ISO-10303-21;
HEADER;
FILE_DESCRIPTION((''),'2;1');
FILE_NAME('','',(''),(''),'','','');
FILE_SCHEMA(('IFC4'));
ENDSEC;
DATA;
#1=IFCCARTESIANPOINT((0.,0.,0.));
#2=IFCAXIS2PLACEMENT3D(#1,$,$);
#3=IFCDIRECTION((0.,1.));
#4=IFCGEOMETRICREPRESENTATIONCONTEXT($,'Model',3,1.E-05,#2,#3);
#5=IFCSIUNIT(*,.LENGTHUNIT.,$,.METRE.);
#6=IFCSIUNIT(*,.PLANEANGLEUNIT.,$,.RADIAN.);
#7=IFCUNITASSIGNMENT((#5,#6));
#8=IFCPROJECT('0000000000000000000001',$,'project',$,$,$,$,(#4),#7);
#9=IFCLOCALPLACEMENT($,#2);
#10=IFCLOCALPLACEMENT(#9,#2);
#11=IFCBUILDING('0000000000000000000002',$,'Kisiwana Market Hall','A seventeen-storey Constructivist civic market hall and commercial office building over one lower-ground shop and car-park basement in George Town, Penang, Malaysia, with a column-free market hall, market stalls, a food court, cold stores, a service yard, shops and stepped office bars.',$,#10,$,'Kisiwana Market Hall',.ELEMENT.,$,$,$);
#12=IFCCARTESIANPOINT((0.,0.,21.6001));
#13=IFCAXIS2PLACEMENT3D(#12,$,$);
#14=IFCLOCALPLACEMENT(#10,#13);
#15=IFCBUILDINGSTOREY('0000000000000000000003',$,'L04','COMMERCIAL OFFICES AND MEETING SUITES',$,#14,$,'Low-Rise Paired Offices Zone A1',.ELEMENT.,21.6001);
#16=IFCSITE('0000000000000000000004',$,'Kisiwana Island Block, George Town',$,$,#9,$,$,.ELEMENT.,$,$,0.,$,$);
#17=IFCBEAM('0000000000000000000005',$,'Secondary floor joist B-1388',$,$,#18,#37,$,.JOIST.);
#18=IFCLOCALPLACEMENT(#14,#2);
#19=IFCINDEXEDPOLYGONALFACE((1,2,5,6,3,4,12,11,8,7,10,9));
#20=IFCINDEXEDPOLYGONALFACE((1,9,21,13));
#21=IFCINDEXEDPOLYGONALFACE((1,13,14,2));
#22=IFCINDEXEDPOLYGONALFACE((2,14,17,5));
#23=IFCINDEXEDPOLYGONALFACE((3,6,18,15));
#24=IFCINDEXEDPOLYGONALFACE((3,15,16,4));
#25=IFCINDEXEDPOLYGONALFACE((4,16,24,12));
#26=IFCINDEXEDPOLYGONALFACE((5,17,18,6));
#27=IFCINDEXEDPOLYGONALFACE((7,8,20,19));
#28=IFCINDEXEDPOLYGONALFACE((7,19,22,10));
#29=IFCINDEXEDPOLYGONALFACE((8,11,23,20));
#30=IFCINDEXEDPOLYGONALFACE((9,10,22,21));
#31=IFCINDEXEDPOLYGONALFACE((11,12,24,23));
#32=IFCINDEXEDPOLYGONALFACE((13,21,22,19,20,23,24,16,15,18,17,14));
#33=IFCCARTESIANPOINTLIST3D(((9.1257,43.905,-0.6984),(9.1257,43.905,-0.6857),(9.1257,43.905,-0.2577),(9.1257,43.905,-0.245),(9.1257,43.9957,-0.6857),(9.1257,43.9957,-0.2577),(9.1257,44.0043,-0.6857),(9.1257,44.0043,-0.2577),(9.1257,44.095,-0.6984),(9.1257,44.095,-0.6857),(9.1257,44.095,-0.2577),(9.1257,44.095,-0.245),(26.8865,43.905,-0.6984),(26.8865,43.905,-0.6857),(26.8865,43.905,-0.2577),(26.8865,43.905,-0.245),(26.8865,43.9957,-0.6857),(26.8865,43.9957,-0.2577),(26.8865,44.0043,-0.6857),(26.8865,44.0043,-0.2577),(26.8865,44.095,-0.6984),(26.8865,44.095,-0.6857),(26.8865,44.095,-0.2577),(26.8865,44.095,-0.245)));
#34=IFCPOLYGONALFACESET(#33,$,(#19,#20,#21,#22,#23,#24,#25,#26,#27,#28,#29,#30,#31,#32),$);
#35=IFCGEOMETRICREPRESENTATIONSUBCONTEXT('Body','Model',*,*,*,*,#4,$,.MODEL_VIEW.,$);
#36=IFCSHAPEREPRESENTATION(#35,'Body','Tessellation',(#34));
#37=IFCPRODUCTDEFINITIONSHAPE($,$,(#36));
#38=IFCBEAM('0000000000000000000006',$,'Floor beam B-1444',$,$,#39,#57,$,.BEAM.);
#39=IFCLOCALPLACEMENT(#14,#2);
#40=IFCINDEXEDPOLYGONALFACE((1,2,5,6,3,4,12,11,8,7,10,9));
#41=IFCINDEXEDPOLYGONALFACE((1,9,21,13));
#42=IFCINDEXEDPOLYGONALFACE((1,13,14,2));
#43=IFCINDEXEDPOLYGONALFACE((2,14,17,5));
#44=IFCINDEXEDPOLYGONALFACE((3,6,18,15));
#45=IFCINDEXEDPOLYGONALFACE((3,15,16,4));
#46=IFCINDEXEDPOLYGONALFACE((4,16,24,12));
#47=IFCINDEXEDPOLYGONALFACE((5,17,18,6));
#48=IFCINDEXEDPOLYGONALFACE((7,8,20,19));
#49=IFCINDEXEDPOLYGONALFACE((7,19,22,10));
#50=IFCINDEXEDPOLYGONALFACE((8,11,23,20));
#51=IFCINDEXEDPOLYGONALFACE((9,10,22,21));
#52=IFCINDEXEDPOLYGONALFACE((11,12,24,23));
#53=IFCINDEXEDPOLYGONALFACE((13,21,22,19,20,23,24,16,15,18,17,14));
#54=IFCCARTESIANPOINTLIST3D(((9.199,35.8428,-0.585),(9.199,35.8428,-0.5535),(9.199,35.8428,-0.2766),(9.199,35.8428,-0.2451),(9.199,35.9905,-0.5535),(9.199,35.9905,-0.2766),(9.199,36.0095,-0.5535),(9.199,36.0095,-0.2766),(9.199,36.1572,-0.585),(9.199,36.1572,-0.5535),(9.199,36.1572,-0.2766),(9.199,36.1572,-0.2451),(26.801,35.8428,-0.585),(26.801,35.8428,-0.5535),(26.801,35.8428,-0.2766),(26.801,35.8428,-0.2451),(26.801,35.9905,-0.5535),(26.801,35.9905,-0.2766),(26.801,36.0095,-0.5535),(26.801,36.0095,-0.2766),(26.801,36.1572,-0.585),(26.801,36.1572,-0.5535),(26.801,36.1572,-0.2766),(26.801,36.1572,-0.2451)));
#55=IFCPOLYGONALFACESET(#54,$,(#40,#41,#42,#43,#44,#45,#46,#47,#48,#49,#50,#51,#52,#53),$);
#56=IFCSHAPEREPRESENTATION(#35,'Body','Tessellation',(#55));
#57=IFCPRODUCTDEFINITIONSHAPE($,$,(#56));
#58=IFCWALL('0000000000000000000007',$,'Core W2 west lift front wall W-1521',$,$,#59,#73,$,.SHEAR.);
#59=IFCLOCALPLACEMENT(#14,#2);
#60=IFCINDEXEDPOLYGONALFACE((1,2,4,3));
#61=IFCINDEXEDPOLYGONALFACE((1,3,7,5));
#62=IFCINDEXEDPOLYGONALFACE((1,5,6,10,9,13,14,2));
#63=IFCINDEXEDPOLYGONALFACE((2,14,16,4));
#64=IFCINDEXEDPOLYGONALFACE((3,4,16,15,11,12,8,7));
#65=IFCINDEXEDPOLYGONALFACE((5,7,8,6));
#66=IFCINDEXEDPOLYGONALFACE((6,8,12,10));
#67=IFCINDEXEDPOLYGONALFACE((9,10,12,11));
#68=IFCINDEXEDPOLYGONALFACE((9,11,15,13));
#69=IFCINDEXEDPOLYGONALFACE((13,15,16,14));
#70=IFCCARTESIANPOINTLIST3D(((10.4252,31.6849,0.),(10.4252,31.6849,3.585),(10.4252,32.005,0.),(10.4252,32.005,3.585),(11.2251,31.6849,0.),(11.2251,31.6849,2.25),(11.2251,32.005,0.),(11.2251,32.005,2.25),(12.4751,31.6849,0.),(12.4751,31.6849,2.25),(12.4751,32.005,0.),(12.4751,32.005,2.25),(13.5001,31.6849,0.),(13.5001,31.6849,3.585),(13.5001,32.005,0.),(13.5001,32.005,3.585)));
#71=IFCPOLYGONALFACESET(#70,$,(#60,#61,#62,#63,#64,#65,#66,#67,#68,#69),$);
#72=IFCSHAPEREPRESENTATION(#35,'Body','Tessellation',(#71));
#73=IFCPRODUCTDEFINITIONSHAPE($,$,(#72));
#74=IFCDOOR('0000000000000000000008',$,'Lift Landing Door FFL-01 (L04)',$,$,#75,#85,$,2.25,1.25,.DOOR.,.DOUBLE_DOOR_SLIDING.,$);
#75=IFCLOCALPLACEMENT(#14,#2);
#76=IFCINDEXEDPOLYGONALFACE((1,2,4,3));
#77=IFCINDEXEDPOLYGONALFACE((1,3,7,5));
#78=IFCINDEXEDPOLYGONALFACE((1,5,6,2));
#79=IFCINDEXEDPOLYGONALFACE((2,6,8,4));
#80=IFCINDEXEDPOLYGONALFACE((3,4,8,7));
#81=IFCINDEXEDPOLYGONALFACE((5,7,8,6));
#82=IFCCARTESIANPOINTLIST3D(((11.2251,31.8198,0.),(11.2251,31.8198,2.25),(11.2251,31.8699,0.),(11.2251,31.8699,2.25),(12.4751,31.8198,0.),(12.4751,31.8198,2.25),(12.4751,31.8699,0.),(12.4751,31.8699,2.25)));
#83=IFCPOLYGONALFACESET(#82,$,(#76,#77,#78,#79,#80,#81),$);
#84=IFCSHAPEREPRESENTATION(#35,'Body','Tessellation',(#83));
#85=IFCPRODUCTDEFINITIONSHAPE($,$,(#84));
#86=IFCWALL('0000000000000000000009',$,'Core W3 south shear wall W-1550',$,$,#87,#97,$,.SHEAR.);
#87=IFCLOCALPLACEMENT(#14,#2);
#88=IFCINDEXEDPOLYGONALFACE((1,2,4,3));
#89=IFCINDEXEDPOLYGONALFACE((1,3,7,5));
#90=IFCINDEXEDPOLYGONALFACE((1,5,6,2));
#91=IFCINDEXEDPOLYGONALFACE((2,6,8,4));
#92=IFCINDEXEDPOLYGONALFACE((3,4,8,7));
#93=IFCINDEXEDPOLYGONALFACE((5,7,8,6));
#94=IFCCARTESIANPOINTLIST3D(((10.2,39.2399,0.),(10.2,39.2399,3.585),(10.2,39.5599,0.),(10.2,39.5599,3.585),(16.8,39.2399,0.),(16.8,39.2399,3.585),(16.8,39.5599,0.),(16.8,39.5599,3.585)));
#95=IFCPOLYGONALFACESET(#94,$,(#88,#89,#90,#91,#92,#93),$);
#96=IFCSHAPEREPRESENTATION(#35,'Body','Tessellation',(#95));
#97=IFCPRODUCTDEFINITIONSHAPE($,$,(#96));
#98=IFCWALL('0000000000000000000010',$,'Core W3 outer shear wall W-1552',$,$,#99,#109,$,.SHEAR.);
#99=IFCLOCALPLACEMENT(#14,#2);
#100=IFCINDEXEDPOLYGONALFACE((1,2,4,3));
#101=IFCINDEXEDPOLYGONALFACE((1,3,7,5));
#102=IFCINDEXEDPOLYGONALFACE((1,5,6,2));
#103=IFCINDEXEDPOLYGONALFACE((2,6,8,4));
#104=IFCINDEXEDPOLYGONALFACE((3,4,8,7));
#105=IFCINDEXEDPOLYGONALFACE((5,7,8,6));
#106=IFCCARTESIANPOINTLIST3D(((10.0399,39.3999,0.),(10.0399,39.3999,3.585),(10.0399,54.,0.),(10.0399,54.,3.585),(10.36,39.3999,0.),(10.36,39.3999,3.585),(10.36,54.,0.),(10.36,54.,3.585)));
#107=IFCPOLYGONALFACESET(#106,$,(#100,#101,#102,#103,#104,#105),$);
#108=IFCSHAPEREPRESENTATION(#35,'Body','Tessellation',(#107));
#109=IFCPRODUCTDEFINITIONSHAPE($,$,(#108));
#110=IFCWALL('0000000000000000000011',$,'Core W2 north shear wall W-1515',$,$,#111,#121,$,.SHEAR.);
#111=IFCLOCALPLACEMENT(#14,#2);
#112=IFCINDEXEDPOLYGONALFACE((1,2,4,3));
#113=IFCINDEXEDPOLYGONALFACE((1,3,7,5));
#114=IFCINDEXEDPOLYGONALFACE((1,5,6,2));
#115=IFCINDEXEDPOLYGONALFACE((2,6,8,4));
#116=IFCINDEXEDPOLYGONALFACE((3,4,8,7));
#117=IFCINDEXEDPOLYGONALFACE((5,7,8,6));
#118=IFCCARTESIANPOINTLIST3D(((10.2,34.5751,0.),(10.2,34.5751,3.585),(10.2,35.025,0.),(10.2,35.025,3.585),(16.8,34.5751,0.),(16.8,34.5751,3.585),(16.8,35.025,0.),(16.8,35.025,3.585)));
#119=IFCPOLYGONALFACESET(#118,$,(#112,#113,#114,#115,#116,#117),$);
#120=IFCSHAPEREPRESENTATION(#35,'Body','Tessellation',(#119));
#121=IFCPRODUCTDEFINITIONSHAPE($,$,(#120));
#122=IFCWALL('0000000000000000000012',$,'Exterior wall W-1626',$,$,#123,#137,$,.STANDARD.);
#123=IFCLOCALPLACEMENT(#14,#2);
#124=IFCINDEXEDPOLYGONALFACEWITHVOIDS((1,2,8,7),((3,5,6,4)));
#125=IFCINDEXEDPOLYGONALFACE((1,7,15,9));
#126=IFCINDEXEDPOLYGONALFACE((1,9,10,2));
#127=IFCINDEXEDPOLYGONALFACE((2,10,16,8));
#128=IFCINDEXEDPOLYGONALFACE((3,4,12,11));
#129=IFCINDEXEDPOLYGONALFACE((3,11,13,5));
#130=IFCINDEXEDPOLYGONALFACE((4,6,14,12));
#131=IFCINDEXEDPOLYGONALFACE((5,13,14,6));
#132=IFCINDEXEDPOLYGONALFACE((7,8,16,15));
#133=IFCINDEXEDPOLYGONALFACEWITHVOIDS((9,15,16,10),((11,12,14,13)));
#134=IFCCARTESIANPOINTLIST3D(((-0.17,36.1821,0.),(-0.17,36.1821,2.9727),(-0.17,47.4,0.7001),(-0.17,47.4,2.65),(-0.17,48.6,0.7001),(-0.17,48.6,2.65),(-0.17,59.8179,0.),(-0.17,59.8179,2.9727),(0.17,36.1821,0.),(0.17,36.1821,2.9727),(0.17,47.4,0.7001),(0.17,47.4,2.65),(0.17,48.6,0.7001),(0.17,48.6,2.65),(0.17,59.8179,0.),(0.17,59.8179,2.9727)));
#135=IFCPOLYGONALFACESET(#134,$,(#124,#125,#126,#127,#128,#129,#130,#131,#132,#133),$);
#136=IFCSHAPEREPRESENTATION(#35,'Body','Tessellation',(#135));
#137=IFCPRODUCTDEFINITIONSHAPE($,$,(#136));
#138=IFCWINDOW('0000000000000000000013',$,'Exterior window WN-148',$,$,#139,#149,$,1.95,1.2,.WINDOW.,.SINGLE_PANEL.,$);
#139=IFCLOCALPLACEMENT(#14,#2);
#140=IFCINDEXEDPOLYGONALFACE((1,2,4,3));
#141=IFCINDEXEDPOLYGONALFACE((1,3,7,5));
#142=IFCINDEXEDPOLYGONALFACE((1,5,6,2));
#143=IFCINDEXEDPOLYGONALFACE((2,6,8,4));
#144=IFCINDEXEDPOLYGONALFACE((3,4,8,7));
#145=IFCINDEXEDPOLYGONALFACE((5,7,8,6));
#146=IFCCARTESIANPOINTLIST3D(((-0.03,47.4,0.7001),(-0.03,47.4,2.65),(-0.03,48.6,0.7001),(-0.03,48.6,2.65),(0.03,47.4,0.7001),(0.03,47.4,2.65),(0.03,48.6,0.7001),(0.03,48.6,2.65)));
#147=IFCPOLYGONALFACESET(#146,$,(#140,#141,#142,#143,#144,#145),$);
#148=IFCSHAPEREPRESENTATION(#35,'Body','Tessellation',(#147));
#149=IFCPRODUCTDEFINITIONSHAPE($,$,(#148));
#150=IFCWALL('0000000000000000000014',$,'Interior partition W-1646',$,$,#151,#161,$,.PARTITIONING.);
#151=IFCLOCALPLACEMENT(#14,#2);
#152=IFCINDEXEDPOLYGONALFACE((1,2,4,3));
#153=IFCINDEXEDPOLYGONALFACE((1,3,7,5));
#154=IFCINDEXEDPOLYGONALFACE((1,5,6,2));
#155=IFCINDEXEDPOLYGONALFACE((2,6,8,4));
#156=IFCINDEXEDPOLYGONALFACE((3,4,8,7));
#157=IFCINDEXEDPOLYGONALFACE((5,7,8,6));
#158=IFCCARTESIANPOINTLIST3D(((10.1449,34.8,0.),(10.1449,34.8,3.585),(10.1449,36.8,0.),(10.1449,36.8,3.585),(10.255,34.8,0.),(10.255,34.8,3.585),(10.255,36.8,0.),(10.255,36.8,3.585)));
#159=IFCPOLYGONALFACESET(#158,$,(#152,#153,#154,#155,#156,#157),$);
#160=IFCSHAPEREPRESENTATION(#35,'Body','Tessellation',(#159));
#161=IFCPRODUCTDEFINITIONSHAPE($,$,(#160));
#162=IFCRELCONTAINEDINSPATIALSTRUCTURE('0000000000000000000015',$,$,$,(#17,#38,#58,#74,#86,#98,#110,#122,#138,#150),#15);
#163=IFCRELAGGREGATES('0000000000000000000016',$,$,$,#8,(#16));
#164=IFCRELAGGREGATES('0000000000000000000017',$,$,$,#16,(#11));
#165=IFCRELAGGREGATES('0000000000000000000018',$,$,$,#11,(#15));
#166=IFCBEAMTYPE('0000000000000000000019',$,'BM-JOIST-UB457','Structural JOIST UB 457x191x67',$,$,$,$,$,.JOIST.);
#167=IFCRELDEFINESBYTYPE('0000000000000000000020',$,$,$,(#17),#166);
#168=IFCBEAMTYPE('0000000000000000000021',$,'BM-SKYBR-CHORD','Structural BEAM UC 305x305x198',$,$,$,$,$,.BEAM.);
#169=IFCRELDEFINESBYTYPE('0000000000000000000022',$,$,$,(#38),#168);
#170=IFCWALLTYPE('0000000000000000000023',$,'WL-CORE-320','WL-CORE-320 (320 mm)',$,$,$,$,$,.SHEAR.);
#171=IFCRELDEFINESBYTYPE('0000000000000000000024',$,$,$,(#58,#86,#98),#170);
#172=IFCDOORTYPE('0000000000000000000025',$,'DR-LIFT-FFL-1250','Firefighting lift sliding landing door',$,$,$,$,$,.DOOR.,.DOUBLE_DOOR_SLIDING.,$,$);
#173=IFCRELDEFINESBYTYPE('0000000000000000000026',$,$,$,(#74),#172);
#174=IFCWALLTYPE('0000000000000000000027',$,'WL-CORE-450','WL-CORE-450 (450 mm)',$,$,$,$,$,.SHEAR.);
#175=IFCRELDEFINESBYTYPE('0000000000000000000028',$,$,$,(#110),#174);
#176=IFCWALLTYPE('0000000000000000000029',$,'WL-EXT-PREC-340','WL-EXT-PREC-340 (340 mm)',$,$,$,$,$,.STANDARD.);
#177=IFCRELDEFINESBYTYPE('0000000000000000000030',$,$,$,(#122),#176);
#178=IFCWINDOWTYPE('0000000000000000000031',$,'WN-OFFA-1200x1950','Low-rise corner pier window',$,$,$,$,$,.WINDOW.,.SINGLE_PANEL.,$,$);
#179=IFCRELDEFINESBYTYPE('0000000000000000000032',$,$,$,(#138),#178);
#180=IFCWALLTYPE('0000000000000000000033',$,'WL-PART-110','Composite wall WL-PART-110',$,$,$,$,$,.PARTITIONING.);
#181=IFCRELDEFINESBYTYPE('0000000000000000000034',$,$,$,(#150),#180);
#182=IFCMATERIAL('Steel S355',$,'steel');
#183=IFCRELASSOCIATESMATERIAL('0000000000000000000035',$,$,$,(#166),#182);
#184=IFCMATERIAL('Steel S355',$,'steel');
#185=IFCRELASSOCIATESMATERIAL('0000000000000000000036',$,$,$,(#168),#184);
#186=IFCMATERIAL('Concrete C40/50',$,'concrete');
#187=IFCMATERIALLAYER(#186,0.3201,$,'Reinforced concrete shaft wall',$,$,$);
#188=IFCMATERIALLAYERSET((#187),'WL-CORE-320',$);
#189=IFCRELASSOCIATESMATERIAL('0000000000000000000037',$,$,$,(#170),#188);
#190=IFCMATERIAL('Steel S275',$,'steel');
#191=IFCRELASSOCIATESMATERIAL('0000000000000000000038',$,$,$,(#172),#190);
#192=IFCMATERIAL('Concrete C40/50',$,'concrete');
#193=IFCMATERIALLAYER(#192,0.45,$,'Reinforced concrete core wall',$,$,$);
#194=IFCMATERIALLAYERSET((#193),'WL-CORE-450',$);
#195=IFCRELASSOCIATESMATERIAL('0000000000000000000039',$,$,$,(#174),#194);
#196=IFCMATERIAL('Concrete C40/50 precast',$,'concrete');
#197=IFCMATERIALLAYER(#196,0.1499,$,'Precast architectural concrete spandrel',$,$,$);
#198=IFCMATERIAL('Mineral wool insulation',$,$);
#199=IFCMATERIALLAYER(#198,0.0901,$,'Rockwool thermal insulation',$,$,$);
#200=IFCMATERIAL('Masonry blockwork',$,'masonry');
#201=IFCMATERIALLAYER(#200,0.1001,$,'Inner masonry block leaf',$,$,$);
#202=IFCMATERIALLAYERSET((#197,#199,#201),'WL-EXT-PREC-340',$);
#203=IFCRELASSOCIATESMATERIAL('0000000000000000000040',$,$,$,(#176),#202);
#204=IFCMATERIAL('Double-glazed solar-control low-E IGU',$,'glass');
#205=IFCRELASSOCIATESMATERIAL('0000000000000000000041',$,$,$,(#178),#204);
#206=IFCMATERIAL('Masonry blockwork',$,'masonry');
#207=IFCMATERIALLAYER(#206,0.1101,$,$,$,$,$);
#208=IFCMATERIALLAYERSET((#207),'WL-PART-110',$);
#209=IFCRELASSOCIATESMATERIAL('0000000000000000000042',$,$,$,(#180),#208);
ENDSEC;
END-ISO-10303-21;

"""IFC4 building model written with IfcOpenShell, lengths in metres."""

from ifc_helpers import new_model, si_unit, direction, frame, frame_2d, origin, origin_2d, place, context, subcontext, project, spatial, rectangle, i_section, extrude, material, layer, layer_set, material_profile, profile_set, type_object, element, fill, save


model = new_model("IFC4")

# Units and contexts
model_context = context("Model", 3, precision=1e-05, world=origin(), true_north=direction((0.0, 1.0)))
body_context = subcontext(model_context, "Body", "Model", "MODEL_VIEW")
ifc_project = project(units=[si_unit("LENGTHUNIT", "METRE"), si_unit("PLANEANGLEUNIT", "RADIAN")], contexts=[model_context])

# Site, building, storey
site_placement = place(None, origin())
site = spatial("IfcSite", under=ifc_project, at=site_placement, Name="Kisiwana Island Block, George Town", CompositionType="ELEMENT", RefElevation=0.0)
building_placement = place(site_placement, origin())
building = spatial("IfcBuilding", under=site, at=building_placement, Name="Kisiwana Market Hall", Description="A seventeen-storey Constructivist civic market hall and commercial office building over one lower-ground shop and car-park basement in George Town, Penang, Malaysia, with a column-free market hall, market stalls, a food court, cold stores, a service yard, shops and stepped office bars.", LongName="Kisiwana Market Hall", CompositionType="ELEMENT")
storey_placement = place(building_placement, frame((0.0, 0.0, 21.6001)))
storey = spatial("IfcBuildingStorey", under=building, at=storey_placement, Name="L04", Description="COMMERCIAL OFFICES AND MEETING SUITES", LongName="Low-Rise Paired Offices Zone A1", CompositionType="ELEMENT", Elevation=21.6001)

# Beams
ifc_material_1 = material(Name="Steel S355", Category="steel")
ifc_material_profile_1 = material_profile(ifc_material_1, i_section(OverallWidth=0.1899, OverallDepth=0.4534, WebThickness=0.0085, FlangeThickness=0.0127, at=origin_2d()), Name="UB 457x191x67")
ifc_profile_set_1 = profile_set([ifc_material_profile_1], Name="Steel S355")
beam_type_1 = type_object("IfcBeamType", Name="BM-JOIST-UB457", Description="Structural JOIST UB 457x191x67", PredefinedType="JOIST", material=ifc_profile_set_1)
beam_1_placement = place(storey_placement, frame((9.1257, 44.0, -0.4717), z_axis=(1.0, 0.0, 0.0), x_axis=(0.0, 1.0, 0.0)))
element("IfcBeam", 1, at=beam_1_placement, inside=storey, type_object=beam_type_1, Name="Secondary floor joist B-1388", PredefinedType="JOIST", context=body_context, shape_type="SweptSolid", body=[
    extrude(i_section(OverallWidth=0.1899, OverallDepth=0.4534, WebThickness=0.0085, FlangeThickness=0.0127, at=origin_2d()), origin(), (0.0, 0.0, 1.0), 17.7607),
])
ifc_material_2 = material(Name="Steel S355", Category="steel")
ifc_material_profile_2 = material_profile(ifc_material_2, i_section(OverallWidth=0.3145, OverallDepth=0.3398, WebThickness=0.019, FlangeThickness=0.0315, at=origin_2d()), Name="UC 305x305x198")
ifc_profile_set_2 = profile_set([ifc_material_profile_2], Name="Steel S355")
beam_type_2 = type_object("IfcBeamType", Name="BM-SKYBR-CHORD", Description="Structural BEAM UC 305x305x198", PredefinedType="BEAM", material=ifc_profile_set_2)
beam_2_placement = place(storey_placement, frame((9.199, 36.0, -0.415), z_axis=(1.0, 0.0, 0.0), x_axis=(0.0, 1.0, 0.0)))
element("IfcBeam", 2, at=beam_2_placement, inside=storey, type_object=beam_type_2, Name="Floor beam B-1444", PredefinedType="BEAM", context=body_context, shape_type="SweptSolid", body=[
    extrude(i_section(OverallWidth=0.3145, OverallDepth=0.3398, WebThickness=0.019, FlangeThickness=0.0315, at=origin_2d()), origin(), (0.0, 0.0, 1.0), 17.6021),
])

# Wall, opening, door
ifc_material_3 = material(Name="Concrete C40/50", Category="concrete")
ifc_layer_1 = layer(ifc_material_3, 0.3201, Name="Reinforced concrete shaft wall")
ifc_layer_set_1 = layer_set([ifc_layer_1], Name="WL-CORE-320")
wall_type_1 = type_object("IfcWallType", Name="WL-CORE-320", Description="WL-CORE-320 (320 mm)", PredefinedType="SHEAR", material=ifc_layer_set_1)
wall_1_placement = place(storey_placement, frame((10.425, 31.845, 0.0), z_axis=(0.0, 0.0, 1.0), x_axis=(1.0, 0.0, 0.0)))
wall_1 = element("IfcWall", 3, at=wall_1_placement, inside=storey, type_object=wall_type_1, Name="Core W2 west lift front wall W-1521", PredefinedType="SHEAR", context=body_context, shape_type="SweptSolid", body=[
    extrude(rectangle(XDim=3.075, YDim=0.3201, at=frame_2d((1.5376, 0.0))), origin(), (0.0, 0.0, 1.0), 3.585),
])
opening_1_placement = place(wall_1_placement, frame((0.8, 0.0, 0.0)))
opening_1 = element("IfcOpeningElement", 4, at=opening_1_placement, cuts=wall_1, PredefinedType="OPENING", context=body_context, shape_type="SweptSolid", body=[
    extrude(rectangle(XDim=1.25, YDim=2.25, at=frame_2d((0.625, 1.125))), frame((0.0, 0.1719, 0.0), z_axis=(0.0, -1.0, 0.0), x_axis=(1.0, 0.0, 0.0)), (0.0, 0.0, 1.0), 0.344),
])
ifc_material_4 = material(Name="Steel S275", Category="steel")
door_type_1 = type_object("IfcDoorType", Name="DR-LIFT-FFL-1250", Description="Firefighting lift sliding landing door", OperationType="DOUBLE_DOOR_SLIDING", PredefinedType="DOOR", material=ifc_material_4)
door_1_placement = place(opening_1_placement, origin())
door_1 = element("IfcDoor", 5, at=door_1_placement, inside=storey, type_object=door_type_1, Name="Lift Landing Door FFL-01 (L04)", OperationType="DOUBLE_DOOR_SLIDING", OverallHeight=2.25, OverallWidth=1.25, PredefinedType="DOOR", context=body_context, shape_type="SweptSolid", body=[
    extrude(rectangle(XDim=1.25, YDim=2.25, at=frame_2d((0.625, 1.125))), frame((0.0, 0.0249, 0.0), z_axis=(0.0, -1.0, 0.0), x_axis=(1.0, 0.0, 0.0)), (0.0, 0.0, 1.0), 0.05),
])
fill(opening_1, door_1)

# Walls
wall_2_placement = place(storey_placement, frame((10.2, 39.3999, 0.0), z_axis=(0.0, 0.0, 1.0), x_axis=(1.0, 0.0, 0.0)))
element("IfcWall", 6, at=wall_2_placement, inside=storey, type_object=wall_type_1, Name="Core W3 south shear wall W-1550", PredefinedType="SHEAR", context=body_context, shape_type="SweptSolid", body=[
    extrude(rectangle(XDim=6.6001, YDim=0.3201, at=frame_2d((3.3, 0.0))), origin(), (0.0, 0.0, 1.0), 3.585),
])
wall_3_placement = place(storey_placement, frame((10.2, 39.3999, 0.0), z_axis=(0.0, 0.0, 1.0), x_axis=(0.0, 1.0, 0.0)))
element("IfcWall", 7, at=wall_3_placement, inside=storey, type_object=wall_type_1, Name="Core W3 outer shear wall W-1552", PredefinedType="SHEAR", context=body_context, shape_type="SweptSolid", body=[
    extrude(rectangle(XDim=14.6001, YDim=0.3201, at=frame_2d((7.3, 0.0))), origin(), (0.0, 0.0, 1.0), 3.585),
])
ifc_material_5 = material(Name="Concrete C40/50", Category="concrete")
ifc_layer_2 = layer(ifc_material_5, 0.45, Name="Reinforced concrete core wall")
ifc_layer_set_2 = layer_set([ifc_layer_2], Name="WL-CORE-450")
wall_type_2 = type_object("IfcWallType", Name="WL-CORE-450", Description="WL-CORE-450 (450 mm)", PredefinedType="SHEAR", material=ifc_layer_set_2)
wall_4_placement = place(storey_placement, frame((10.2, 34.8, 0.0), z_axis=(0.0, 0.0, 1.0), x_axis=(1.0, 0.0, 0.0)))
element("IfcWall", 8, at=wall_4_placement, inside=storey, type_object=wall_type_2, Name="Core W2 north shear wall W-1515", PredefinedType="SHEAR", context=body_context, shape_type="SweptSolid", body=[
    extrude(rectangle(XDim=6.6001, YDim=0.45, at=frame_2d((3.3, 0.0))), origin(), (0.0, 0.0, 1.0), 3.585),
])

# Wall, opening, window
ifc_material_6 = material(Name="Concrete C40/50 precast", Category="concrete")
ifc_layer_3 = layer(ifc_material_6, 0.1499, Name="Precast architectural concrete spandrel")
ifc_material_7 = material(Name="Mineral wool insulation")
ifc_layer_4 = layer(ifc_material_7, 0.0901, Name="Rockwool thermal insulation")
ifc_material_8 = material(Name="Masonry blockwork", Category="masonry")
ifc_layer_5 = layer(ifc_material_8, 0.1001, Name="Inner masonry block leaf")
ifc_layer_set_3 = layer_set([ifc_layer_3, ifc_layer_4, ifc_layer_5], Name="WL-EXT-PREC-340")
wall_type_3 = type_object("IfcWallType", Name="WL-EXT-PREC-340", Description="WL-EXT-PREC-340 (340 mm)", PredefinedType="STANDARD", material=ifc_layer_set_3)
wall_5_placement = place(storey_placement, frame((0.0, 36.1821, 0.0), z_axis=(0.0, 0.0, 1.0), x_axis=(0.0, 1.0, 0.0)))
wall_5 = element("IfcWall", 9, at=wall_5_placement, inside=storey, type_object=wall_type_3, Name="Exterior wall W-1626", PredefinedType="STANDARD", context=body_context, shape_type="SweptSolid", body=[
    extrude(rectangle(XDim=23.6357, YDim=0.3401, at=frame_2d((11.8179, 0.0))), origin(), (0.0, 0.0, 1.0), 2.9727),
])
opening_2_placement = place(wall_5_placement, frame((11.2178, 0.0, 0.7)))
opening_2 = element("IfcOpeningElement", 10, at=opening_2_placement, cuts=wall_5, PredefinedType="OPENING", context=body_context, shape_type="SweptSolid", body=[
    extrude(rectangle(XDim=1.2, YDim=1.95, at=frame_2d((0.6001, 0.9751))), frame((0.0, 0.1821, 0.0), z_axis=(0.0, -1.0, 0.0), x_axis=(1.0, 0.0, 0.0)), (0.0, 0.0, 1.0), 0.364),
])
ifc_material_9 = material(Name="Double-glazed solar-control low-E IGU", Category="glass")
window_type = type_object("IfcWindowType", Name="WN-OFFA-1200x1950", Description="Low-rise corner pier window", PartitioningType="SINGLE_PANEL", PredefinedType="WINDOW", material=ifc_material_9)
window_placement = place(opening_2_placement, origin())
window = element("IfcWindow", 11, at=window_placement, inside=storey, type_object=window_type, Name="Exterior window WN-148", OverallHeight=1.95, OverallWidth=1.2, PartitioningType="SINGLE_PANEL", PredefinedType="WINDOW", context=body_context, shape_type="SweptSolid", body=[
    extrude(rectangle(XDim=1.2, YDim=1.95, at=frame_2d((0.6001, 0.9751))), frame((0.0, 0.03, 0.0), z_axis=(0.0, -1.0, 0.0), x_axis=(1.0, 0.0, 0.0)), (0.0, 0.0, 1.0), 0.0601),
])
fill(opening_2, window)

# Wall
ifc_material_10 = material(Name="Masonry blockwork", Category="masonry")
ifc_layer_6 = layer(ifc_material_10, 0.1101)
ifc_layer_set_4 = layer_set([ifc_layer_6], Name="WL-PART-110")
wall_type_4 = type_object("IfcWallType", Name="WL-PART-110", Description="Composite wall WL-PART-110", PredefinedType="PARTITIONING", material=ifc_layer_set_4)
wall_6_placement = place(storey_placement, frame((10.2, 34.8, 0.0), z_axis=(0.0, 0.0, 1.0), x_axis=(0.0, 1.0, 0.0)))
element("IfcWall", 12, at=wall_6_placement, inside=storey, type_object=wall_type_4, Name="Interior partition W-1646", PredefinedType="PARTITIONING", context=body_context, shape_type="SweptSolid", body=[
    extrude(rectangle(XDim=2.0, YDim=0.1101, at=frame_2d((1.0, 0.0))), origin(), (0.0, 0.0, 1.0), 3.585),
])

save(model, "model.ifc")
